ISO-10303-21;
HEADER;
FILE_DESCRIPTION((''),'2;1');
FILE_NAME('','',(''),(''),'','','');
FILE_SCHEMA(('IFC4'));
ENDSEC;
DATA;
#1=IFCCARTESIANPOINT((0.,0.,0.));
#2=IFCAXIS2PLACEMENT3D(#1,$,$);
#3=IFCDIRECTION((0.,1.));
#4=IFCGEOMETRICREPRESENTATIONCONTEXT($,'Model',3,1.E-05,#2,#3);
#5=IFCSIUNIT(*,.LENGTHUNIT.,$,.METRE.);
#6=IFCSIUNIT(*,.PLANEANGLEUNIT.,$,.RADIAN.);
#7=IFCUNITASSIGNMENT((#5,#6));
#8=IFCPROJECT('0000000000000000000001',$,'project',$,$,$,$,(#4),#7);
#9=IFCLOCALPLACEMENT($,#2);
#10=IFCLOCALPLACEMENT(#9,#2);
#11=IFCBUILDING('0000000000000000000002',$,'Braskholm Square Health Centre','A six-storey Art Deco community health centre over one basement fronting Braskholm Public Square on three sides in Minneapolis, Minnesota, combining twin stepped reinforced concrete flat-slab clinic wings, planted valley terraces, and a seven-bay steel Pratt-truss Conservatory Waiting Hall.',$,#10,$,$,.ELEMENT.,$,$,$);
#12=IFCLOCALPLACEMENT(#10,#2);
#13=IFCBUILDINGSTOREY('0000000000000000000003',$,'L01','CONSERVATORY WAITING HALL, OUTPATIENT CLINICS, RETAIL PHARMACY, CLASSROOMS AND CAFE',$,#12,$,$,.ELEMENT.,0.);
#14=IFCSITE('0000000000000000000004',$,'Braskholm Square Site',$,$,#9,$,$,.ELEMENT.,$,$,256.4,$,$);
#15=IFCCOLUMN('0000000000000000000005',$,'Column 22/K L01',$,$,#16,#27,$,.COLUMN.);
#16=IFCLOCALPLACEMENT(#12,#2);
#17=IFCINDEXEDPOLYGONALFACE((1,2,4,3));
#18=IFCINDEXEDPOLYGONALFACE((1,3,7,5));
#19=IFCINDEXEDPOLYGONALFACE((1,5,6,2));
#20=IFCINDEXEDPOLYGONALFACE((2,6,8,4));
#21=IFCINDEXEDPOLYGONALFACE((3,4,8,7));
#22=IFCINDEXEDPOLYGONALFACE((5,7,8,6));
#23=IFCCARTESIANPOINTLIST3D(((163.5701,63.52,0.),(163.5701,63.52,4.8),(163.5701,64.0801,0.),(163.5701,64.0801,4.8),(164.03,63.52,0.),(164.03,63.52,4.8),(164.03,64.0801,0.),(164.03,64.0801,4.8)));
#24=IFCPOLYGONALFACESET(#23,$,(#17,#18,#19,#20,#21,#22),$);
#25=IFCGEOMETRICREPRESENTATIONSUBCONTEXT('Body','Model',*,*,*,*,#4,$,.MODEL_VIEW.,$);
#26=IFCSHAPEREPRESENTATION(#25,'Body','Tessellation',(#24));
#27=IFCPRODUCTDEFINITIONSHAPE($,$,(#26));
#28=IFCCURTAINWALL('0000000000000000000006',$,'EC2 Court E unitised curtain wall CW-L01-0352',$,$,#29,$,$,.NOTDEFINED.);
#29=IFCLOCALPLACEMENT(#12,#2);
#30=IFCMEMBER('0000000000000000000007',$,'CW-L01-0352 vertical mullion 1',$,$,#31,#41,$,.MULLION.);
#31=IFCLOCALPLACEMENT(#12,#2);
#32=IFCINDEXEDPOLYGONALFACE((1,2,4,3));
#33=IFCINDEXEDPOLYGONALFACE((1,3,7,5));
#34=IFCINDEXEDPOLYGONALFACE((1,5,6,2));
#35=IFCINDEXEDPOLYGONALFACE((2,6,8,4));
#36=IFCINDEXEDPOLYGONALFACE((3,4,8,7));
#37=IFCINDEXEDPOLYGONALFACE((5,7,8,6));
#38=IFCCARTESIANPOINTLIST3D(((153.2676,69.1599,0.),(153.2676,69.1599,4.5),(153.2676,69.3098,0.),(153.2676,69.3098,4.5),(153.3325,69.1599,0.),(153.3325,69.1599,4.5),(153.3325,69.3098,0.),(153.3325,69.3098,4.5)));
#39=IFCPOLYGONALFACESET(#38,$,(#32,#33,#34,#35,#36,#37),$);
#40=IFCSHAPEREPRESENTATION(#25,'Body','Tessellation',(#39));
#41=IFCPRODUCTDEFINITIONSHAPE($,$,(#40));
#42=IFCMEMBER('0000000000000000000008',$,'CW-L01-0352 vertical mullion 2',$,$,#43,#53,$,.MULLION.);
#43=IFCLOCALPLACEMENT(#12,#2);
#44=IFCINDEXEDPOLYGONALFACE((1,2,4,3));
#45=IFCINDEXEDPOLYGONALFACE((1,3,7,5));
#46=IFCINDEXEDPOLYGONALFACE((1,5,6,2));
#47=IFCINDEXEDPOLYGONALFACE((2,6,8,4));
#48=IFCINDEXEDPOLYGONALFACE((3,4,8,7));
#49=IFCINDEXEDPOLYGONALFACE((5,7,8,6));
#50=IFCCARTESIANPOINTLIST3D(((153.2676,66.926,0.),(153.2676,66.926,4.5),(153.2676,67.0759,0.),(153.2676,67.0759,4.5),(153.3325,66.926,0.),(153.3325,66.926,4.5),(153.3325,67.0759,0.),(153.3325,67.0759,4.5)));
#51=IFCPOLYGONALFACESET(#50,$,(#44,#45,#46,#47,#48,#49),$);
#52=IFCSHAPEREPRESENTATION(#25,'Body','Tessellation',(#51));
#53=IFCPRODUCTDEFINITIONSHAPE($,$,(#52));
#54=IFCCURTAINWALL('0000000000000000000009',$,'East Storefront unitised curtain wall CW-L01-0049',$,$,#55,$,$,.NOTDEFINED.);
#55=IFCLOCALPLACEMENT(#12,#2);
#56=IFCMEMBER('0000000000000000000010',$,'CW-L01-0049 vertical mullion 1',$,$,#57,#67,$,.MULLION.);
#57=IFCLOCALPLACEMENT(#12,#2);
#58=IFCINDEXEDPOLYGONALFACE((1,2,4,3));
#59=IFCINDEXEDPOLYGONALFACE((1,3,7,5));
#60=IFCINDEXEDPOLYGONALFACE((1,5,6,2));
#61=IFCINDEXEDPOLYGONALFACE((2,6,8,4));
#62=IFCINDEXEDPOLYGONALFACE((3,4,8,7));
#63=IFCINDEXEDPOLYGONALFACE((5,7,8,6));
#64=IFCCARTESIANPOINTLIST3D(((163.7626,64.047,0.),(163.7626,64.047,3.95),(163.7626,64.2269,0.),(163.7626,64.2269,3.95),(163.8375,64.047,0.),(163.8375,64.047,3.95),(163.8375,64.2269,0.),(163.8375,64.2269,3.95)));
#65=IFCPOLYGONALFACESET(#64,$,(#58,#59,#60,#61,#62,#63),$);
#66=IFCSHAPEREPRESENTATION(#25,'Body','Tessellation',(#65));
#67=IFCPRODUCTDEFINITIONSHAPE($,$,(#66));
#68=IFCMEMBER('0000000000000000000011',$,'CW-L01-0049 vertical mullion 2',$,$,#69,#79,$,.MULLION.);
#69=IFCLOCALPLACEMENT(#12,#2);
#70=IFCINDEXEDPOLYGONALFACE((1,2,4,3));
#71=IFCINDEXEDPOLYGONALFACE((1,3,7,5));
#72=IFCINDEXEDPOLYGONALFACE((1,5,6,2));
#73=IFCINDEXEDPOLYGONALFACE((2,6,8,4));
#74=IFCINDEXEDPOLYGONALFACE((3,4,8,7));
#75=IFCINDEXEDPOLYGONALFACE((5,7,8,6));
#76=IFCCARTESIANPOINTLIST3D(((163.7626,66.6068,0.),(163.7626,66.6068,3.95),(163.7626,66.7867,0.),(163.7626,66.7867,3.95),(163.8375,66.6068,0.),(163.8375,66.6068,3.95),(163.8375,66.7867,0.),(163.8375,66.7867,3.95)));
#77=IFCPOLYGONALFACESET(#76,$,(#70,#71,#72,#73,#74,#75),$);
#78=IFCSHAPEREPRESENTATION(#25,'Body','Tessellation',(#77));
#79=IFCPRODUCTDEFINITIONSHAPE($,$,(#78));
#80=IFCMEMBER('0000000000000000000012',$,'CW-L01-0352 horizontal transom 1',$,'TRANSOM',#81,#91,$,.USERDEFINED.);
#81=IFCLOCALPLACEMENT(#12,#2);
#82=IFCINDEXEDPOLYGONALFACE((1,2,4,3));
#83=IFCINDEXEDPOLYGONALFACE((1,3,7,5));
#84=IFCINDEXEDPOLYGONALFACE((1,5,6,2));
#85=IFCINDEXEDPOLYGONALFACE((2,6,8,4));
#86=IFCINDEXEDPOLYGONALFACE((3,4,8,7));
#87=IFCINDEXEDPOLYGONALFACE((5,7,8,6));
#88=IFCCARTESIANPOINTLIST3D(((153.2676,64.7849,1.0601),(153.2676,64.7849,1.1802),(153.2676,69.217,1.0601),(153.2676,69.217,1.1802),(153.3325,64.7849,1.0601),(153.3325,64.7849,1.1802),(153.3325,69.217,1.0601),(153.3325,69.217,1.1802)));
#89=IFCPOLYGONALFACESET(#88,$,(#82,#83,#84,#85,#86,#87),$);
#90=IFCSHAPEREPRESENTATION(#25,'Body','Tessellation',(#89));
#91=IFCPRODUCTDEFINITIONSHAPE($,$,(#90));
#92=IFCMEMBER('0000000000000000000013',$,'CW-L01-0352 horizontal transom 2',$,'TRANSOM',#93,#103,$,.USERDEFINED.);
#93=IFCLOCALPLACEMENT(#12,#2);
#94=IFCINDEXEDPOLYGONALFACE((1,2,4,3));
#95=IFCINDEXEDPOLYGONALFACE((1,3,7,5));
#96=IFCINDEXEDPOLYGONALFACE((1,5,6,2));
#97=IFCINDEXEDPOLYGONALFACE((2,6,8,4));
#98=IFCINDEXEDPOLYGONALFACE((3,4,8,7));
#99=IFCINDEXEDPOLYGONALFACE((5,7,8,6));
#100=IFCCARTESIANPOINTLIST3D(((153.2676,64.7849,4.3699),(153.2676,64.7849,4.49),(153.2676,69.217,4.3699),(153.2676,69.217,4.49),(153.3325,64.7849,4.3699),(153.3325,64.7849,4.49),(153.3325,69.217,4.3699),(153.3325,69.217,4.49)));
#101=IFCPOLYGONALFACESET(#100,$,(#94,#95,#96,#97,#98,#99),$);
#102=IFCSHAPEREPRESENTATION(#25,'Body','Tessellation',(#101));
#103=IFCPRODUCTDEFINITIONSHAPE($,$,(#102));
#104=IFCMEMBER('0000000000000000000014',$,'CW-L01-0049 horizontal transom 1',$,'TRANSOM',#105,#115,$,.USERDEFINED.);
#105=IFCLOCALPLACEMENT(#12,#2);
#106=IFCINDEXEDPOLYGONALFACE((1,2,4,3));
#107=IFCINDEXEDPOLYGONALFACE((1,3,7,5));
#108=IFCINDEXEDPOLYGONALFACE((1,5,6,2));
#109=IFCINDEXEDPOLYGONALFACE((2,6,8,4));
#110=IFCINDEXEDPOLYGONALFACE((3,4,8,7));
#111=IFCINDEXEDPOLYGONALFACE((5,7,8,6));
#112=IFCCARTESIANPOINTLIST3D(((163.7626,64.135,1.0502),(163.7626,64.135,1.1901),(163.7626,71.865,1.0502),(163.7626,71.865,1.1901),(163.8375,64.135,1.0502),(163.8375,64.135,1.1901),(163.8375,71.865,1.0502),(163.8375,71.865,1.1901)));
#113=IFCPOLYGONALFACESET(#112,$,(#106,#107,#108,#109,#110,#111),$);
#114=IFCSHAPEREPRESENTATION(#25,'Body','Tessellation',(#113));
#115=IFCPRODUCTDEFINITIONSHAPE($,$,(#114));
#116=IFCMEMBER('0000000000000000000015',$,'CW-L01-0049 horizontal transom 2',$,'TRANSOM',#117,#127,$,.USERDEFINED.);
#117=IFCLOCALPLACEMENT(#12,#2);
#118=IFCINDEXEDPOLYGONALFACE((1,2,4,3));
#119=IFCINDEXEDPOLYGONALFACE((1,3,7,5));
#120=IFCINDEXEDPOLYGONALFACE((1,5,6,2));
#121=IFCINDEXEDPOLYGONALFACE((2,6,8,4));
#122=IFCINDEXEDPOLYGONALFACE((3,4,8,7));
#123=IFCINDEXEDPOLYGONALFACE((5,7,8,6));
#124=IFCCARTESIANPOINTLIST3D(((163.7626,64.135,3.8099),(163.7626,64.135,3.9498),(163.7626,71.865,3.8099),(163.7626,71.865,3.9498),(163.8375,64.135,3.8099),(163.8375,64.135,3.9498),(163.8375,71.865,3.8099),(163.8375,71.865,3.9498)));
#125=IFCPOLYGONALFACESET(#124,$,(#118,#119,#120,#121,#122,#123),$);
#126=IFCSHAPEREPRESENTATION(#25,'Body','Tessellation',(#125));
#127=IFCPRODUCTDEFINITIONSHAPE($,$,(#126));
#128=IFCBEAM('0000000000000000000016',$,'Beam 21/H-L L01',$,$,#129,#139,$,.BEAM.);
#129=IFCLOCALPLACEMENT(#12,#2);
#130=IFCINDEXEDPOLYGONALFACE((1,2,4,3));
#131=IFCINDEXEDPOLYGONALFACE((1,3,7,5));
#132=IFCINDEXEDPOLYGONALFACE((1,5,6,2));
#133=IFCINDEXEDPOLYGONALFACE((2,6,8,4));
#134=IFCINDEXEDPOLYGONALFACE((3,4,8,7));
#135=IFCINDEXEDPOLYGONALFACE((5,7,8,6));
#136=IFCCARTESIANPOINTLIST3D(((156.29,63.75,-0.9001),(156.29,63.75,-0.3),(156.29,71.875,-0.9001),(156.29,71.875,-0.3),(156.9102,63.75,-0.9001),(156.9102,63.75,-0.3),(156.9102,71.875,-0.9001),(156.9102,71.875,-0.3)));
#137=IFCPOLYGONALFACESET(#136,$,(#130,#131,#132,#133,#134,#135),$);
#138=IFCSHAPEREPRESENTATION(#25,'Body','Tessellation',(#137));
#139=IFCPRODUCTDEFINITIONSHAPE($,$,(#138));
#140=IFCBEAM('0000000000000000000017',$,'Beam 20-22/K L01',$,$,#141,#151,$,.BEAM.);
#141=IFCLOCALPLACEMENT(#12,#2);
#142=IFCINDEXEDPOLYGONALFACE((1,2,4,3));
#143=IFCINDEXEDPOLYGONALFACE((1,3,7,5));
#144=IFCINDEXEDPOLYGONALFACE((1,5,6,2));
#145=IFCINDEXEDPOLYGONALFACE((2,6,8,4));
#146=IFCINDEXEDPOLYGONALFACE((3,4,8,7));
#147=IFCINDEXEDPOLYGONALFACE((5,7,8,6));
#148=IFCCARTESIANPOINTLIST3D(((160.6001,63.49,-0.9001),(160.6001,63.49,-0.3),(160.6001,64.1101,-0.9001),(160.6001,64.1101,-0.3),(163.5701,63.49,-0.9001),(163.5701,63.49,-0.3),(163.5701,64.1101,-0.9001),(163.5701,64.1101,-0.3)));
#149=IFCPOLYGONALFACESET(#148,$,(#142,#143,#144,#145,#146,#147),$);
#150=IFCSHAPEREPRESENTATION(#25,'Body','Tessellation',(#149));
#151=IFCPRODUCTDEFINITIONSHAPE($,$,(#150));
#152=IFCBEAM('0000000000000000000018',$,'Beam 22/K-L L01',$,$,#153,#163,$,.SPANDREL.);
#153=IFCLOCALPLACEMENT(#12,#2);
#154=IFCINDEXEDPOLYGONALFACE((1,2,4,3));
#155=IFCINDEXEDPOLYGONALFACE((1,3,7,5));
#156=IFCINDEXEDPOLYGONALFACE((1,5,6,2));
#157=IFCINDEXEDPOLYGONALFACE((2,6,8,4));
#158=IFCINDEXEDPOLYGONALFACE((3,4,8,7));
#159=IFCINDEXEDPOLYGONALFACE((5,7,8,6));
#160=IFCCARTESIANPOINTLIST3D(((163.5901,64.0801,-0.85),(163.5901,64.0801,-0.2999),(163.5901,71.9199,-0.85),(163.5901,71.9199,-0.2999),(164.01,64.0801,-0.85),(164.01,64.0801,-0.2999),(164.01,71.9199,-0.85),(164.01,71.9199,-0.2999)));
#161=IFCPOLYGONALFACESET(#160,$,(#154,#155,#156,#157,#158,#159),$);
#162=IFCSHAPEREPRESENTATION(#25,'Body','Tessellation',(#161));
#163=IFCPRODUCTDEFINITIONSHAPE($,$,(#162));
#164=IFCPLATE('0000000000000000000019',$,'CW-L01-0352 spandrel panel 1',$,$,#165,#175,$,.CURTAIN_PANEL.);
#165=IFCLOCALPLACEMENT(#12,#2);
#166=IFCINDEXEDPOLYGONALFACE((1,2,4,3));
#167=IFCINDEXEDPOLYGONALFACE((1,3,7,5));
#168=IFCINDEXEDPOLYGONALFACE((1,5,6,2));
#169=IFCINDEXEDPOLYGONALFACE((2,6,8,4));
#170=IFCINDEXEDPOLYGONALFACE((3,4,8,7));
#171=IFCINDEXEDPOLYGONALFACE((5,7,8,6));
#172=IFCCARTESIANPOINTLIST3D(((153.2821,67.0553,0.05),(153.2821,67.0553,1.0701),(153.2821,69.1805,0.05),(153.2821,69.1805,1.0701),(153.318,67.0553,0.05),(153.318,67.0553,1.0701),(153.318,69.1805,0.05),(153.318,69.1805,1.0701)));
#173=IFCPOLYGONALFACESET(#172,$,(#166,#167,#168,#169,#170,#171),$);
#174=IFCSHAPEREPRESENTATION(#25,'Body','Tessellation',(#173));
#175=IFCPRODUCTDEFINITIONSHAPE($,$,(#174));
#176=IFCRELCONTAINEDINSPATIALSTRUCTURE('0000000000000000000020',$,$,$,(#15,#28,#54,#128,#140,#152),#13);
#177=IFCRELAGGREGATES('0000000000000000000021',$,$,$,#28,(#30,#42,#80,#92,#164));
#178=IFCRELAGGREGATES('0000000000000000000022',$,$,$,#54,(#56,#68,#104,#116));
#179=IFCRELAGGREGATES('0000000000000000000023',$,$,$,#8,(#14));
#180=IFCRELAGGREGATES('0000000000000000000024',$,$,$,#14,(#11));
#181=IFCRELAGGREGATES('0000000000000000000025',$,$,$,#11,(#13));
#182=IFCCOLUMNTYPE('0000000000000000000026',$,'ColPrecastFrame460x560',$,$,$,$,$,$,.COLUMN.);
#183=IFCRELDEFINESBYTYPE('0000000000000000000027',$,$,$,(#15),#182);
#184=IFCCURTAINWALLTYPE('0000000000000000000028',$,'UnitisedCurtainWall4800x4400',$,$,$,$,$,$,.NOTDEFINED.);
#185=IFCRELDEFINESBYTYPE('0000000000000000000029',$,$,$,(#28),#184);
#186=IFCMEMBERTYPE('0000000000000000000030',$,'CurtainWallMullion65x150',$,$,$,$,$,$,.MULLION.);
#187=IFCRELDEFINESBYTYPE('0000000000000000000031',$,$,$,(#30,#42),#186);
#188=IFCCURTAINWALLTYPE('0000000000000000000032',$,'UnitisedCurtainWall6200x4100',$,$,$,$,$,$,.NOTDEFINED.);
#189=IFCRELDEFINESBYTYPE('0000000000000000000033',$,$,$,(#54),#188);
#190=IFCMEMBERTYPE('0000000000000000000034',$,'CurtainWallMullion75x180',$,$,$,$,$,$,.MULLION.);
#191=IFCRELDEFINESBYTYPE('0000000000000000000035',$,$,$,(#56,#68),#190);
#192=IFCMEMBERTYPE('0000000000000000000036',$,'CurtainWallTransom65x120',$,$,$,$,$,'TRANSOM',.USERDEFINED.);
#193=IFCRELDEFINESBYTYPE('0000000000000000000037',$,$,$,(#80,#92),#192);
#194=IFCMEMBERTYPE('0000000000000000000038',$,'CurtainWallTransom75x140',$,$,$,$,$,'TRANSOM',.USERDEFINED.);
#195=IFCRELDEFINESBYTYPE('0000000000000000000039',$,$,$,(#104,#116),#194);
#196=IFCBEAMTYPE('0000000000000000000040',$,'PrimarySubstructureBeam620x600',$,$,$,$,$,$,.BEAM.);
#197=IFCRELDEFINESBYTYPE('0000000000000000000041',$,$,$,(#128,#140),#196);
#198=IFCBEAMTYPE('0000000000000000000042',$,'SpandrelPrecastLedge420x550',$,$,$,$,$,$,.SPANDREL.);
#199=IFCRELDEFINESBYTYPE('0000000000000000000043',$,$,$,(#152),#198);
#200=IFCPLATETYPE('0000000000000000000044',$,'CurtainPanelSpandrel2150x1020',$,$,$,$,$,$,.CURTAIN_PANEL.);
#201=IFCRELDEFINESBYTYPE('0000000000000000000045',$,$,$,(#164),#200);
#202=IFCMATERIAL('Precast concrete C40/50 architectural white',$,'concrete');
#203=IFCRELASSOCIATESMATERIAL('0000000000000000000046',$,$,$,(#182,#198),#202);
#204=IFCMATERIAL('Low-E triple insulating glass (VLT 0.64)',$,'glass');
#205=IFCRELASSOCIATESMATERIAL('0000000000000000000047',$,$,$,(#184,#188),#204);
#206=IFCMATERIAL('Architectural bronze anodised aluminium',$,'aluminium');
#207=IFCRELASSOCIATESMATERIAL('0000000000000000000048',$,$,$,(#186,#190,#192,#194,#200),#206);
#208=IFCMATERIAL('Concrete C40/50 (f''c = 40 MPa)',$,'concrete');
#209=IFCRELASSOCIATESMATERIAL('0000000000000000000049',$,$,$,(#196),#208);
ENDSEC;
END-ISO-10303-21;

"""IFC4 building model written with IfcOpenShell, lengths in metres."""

from ifc_helpers import new_model, si_unit, direction, frame, origin, origin_2d, place, context, subcontext, project, spatial, rectangle, extrude, material, material_profile, profile_set, type_object, element, aggregate, save


model = new_model("IFC4")

# Units and contexts
model_context = context("Model", 3, precision=1e-05, world=origin(), true_north=direction((0.0, 1.0)))
body_context = subcontext(model_context, "Body", "Model", "MODEL_VIEW")
ifc_project = project(units=[si_unit("LENGTHUNIT", "METRE"), si_unit("PLANEANGLEUNIT", "RADIAN")], contexts=[model_context])

# Site, building, storey
site_placement = place(None, origin())
site = spatial("IfcSite", under=ifc_project, at=site_placement, Name="Braskholm Square Site", CompositionType="ELEMENT", RefElevation=256.4)
building_placement = place(site_placement, origin())
building = spatial("IfcBuilding", under=site, at=building_placement, Name="Braskholm Square Health Centre", Description="A six-storey Art Deco community health centre over one basement fronting Braskholm Public Square on three sides in Minneapolis, Minnesota, combining twin stepped reinforced concrete flat-slab clinic wings, planted valley terraces, and a seven-bay steel Pratt-truss Conservatory Waiting Hall.", CompositionType="ELEMENT")
storey_placement = place(building_placement, origin())
storey = spatial("IfcBuildingStorey", under=building, at=storey_placement, Name="L01", Description="CONSERVATORY WAITING HALL, OUTPATIENT CLINICS, RETAIL PHARMACY, CLASSROOMS AND CAFE", CompositionType="ELEMENT", Elevation=0.0)

# Column
ifc_material_1 = material(Name="Precast concrete C40/50 architectural white", Category="concrete")
ifc_material_profile_1 = material_profile(ifc_material_1, rectangle(XDim=0.46, YDim=0.5601, at=origin_2d()), Name="RC-460X560")
ifc_profile_set_1 = profile_set([ifc_material_profile_1], Name="Precast concrete C40/50 architectural white")
column_type = type_object("IfcColumnType", Name="ColPrecastFrame460x560", PredefinedType="COLUMN", material=ifc_profile_set_1)
column_placement = place(storey_placement, frame((163.8, 63.8, 0.0), z_axis=(0.0, 0.0, 1.0), x_axis=(1.0, 0.0, 0.0)))
element("IfcColumn", 1, at=column_placement, inside=storey, type_object=column_type, Name="Column 22/K L01", PredefinedType="COLUMN", context=body_context, shape_type="SweptSolid", body=[
    extrude(rectangle(XDim=0.46, YDim=0.5601, at=origin_2d()), origin(), (0.0, 0.0, 1.0), 4.8),
])

# Curtain walls, members
ifc_material_2 = material(Name="Low-E triple insulating glass (VLT 0.64)", Category="glass")
curtain_wall_type_1 = type_object("IfcCurtainWallType", Name="UnitisedCurtainWall4800x4400", PredefinedType="NOTDEFINED", material=ifc_material_2)
curtain_wall_1_placement = place(storey_placement, origin())
curtain_wall_1 = element("IfcCurtainWall", 2, at=curtain_wall_1_placement, inside=storey, type_object=curtain_wall_type_1, Name="EC2 Court E unitised curtain wall CW-L01-0352", PredefinedType="NOTDEFINED")
ifc_material_3 = material(Name="Architectural bronze anodised aluminium", Category="aluminium")
ifc_material_profile_2 = material_profile(ifc_material_3, rectangle(XDim=0.0649, YDim=0.1499, at=origin_2d()), Name="ALU-65X150")
ifc_profile_set_2 = profile_set([ifc_material_profile_2], Name="Architectural bronze anodised aluminium")
member_type_1 = type_object("IfcMemberType", Name="CurtainWallMullion65x150", PredefinedType="MULLION", material=ifc_profile_set_2)
member_1_placement = place(storey_placement, frame((153.3, 69.2349, 0.0), z_axis=(0.0, 0.0, 1.0), x_axis=(1.0, 0.0, 0.0)))
member_1 = element("IfcMember", 3, at=member_1_placement, type_object=member_type_1, Name="CW-L01-0352 vertical mullion 1", PredefinedType="MULLION", context=body_context, shape_type="SweptSolid", body=[
    extrude(rectangle(XDim=0.0649, YDim=0.1499, at=origin_2d()), origin(), (0.0, 0.0, 1.0), 4.5),
])
member_2_placement = place(storey_placement, frame((153.3, 67.001, 0.0), z_axis=(0.0, 0.0, 1.0), x_axis=(1.0, 0.0, 0.0)))
member_2 = element("IfcMember", 4, at=member_2_placement, type_object=member_type_1, Name="CW-L01-0352 vertical mullion 2", PredefinedType="MULLION", context=body_context, shape_type="SweptSolid", body=[
    extrude(rectangle(XDim=0.0649, YDim=0.1499, at=origin_2d()), origin(), (0.0, 0.0, 1.0), 4.5),
])
curtain_wall_type_2 = type_object("IfcCurtainWallType", Name="UnitisedCurtainWall6200x4100", PredefinedType="NOTDEFINED", material=ifc_material_2)
curtain_wall_2_placement = place(storey_placement, origin())
curtain_wall_2 = element("IfcCurtainWall", 5, at=curtain_wall_2_placement, inside=storey, type_object=curtain_wall_type_2, Name="East Storefront unitised curtain wall CW-L01-0049", PredefinedType="NOTDEFINED")
ifc_material_profile_3 = material_profile(ifc_material_3, rectangle(XDim=0.075, YDim=0.1799, at=origin_2d()), Name="ALU-75X180")
ifc_profile_set_3 = profile_set([ifc_material_profile_3], Name="Architectural bronze anodised aluminium")
member_type_2 = type_object("IfcMemberType", Name="CurtainWallMullion75x180", PredefinedType="MULLION", material=ifc_profile_set_3)
member_3_placement = place(storey_placement, frame((163.8, 64.137, 0.0), z_axis=(0.0, 0.0, 1.0), x_axis=(1.0, 0.0, 0.0)))
member_3 = element("IfcMember", 6, at=member_3_placement, type_object=member_type_2, Name="CW-L01-0049 vertical mullion 1", PredefinedType="MULLION", context=body_context, shape_type="SweptSolid", body=[
    extrude(rectangle(XDim=0.075, YDim=0.1799, at=origin_2d()), origin(), (0.0, 0.0, 1.0), 3.95),
])
member_4_placement = place(storey_placement, frame((163.8, 66.6968, 0.0), z_axis=(0.0, 0.0, 1.0), x_axis=(1.0, 0.0, 0.0)))
member_4 = element("IfcMember", 7, at=member_4_placement, type_object=member_type_2, Name="CW-L01-0049 vertical mullion 2", PredefinedType="MULLION", context=body_context, shape_type="SweptSolid", body=[
    extrude(rectangle(XDim=0.075, YDim=0.1799, at=origin_2d()), origin(), (0.0, 0.0, 1.0), 3.95),
])

# Members
ifc_material_profile_4 = material_profile(ifc_material_3, rectangle(XDim=0.0649, YDim=0.1201, at=origin_2d()), Name="ALU-65X120")
ifc_profile_set_4 = profile_set([ifc_material_profile_4], Name="Architectural bronze anodised aluminium")
member_type_3 = type_object("IfcMemberType", Name="CurtainWallTransom65x120", ElementType="TRANSOM", PredefinedType="USERDEFINED", material=ifc_profile_set_4)
member_5_placement = place(storey_placement, frame((153.3, 69.217, 1.1201), z_axis=(0.0, -1.0, 0.0), x_axis=(1.0, 0.0, 0.0)))
member_5 = element("IfcMember", 8, at=member_5_placement, type_object=member_type_3, Name="CW-L01-0352 horizontal transom 1", ObjectType="TRANSOM", PredefinedType="USERDEFINED", context=body_context, shape_type="SweptSolid", body=[
    extrude(rectangle(XDim=0.0649, YDim=0.1201, at=origin_2d()), origin(), (0.0, 0.0, 1.0), 4.4321),
])
member_6_placement = place(storey_placement, frame((153.3, 69.217, 4.4299), z_axis=(0.0, -1.0, 0.0), x_axis=(1.0, 0.0, 0.0)))
member_6 = element("IfcMember", 9, at=member_6_placement, type_object=member_type_3, Name="CW-L01-0352 horizontal transom 2", ObjectType="TRANSOM", PredefinedType="USERDEFINED", context=body_context, shape_type="SweptSolid", body=[
    extrude(rectangle(XDim=0.0649, YDim=0.1201, at=origin_2d()), origin(), (0.0, 0.0, 1.0), 4.4321),
])
ifc_material_profile_5 = material_profile(ifc_material_3, rectangle(XDim=0.075, YDim=0.1399, at=origin_2d()), Name="ALU-75X140")
ifc_profile_set_5 = profile_set([ifc_material_profile_5], Name="Architectural bronze anodised aluminium")
member_type_4 = type_object("IfcMemberType", Name="CurtainWallTransom75x140", ElementType="TRANSOM", PredefinedType="USERDEFINED", material=ifc_profile_set_5)
member_7_placement = place(storey_placement, frame((163.8, 64.135, 1.1201), z_axis=(0.0, 1.0, 0.0), x_axis=(-1.0, 0.0, 0.0)))
member_7 = element("IfcMember", 10, at=member_7_placement, type_object=member_type_4, Name="CW-L01-0049 horizontal transom 1", ObjectType="TRANSOM", PredefinedType="USERDEFINED", context=body_context, shape_type="SweptSolid", body=[
    extrude(rectangle(XDim=0.075, YDim=0.1399, at=origin_2d()), origin(), (0.0, 0.0, 1.0), 7.73),
])
member_8_placement = place(storey_placement, frame((163.8, 64.135, 3.8799), z_axis=(0.0, 1.0, 0.0), x_axis=(-1.0, 0.0, 0.0)))
member_8 = element("IfcMember", 11, at=member_8_placement, type_object=member_type_4, Name="CW-L01-0049 horizontal transom 2", ObjectType="TRANSOM", PredefinedType="USERDEFINED", context=body_context, shape_type="SweptSolid", body=[
    extrude(rectangle(XDim=0.075, YDim=0.1399, at=origin_2d()), origin(), (0.0, 0.0, 1.0), 7.73),
])

# Beams
ifc_material_4 = material(Name="Concrete C40/50 (f'c = 40 MPa)", Category="concrete")
ifc_material_profile_6 = material_profile(ifc_material_4, rectangle(XDim=0.6201, YDim=0.6001, at=origin_2d()), Name="RCB-620X600")
ifc_profile_set_6 = profile_set([ifc_material_profile_6], Name="Concrete C40/50 (f'c = 40 MPa)")
beam_type_1 = type_object("IfcBeamType", Name="PrimarySubstructureBeam620x600", PredefinedType="BEAM", material=ifc_profile_set_6)
beam_1_placement = place(storey_placement, frame((156.6001, 63.75, -0.6001), z_axis=(0.0, 1.0, 0.0), x_axis=(-1.0, 0.0, 0.0)))
element("IfcBeam", 12, at=beam_1_placement, inside=storey, type_object=beam_type_1, Name="Beam 21/H-L L01", PredefinedType="BEAM", context=body_context, shape_type="SweptSolid", body=[
    extrude(rectangle(XDim=0.6201, YDim=0.6001, at=origin_2d()), origin(), (0.0, 0.0, 1.0), 8.125),
])
beam_2_placement = place(storey_placement, frame((160.6001, 63.8, -0.6001), z_axis=(1.0, 0.0, 0.0), x_axis=(0.0, 1.0, 0.0)))
element("IfcBeam", 13, at=beam_2_placement, inside=storey, type_object=beam_type_1, Name="Beam 20-22/K L01", PredefinedType="BEAM", context=body_context, shape_type="SweptSolid", body=[
    extrude(rectangle(XDim=0.6201, YDim=0.6001, at=origin_2d()), origin(), (0.0, 0.0, 1.0), 2.97),
])
ifc_material_profile_7 = material_profile(ifc_material_1, rectangle(XDim=0.4199, YDim=0.55, at=origin_2d()), Name="RCB-420X550")
ifc_profile_set_7 = profile_set([ifc_material_profile_7], Name="Precast concrete C40/50 architectural white")
beam_type_2 = type_object("IfcBeamType", Name="SpandrelPrecastLedge420x550", PredefinedType="SPANDREL", material=ifc_profile_set_7)
beam_3_placement = place(storey_placement, frame((163.8, 64.0801, -0.575), z_axis=(0.0, 1.0, 0.0), x_axis=(-1.0, 0.0, 0.0)))
element("IfcBeam", 14, at=beam_3_placement, inside=storey, type_object=beam_type_2, Name="Beam 22/K-L L01", PredefinedType="SPANDREL", context=body_context, shape_type="SweptSolid", body=[
    extrude(rectangle(XDim=0.4199, YDim=0.55, at=origin_2d()), origin(), (0.0, 0.0, 1.0), 7.8398),
])

# Plate
plate_type_1 = type_object("IfcPlateType", Name="CurtainPanelSpandrel2150x1020", PredefinedType="CURTAIN_PANEL", material=ifc_material_3)
plate_1_placement = place(storey_placement, frame((153.3, 68.1179, 0.05), z_axis=(0.0, 0.0, 1.0), x_axis=(0.0, -1.0, 0.0)))
plate_1 = element("IfcPlate", 15, at=plate_1_placement, type_object=plate_type_1, Name="CW-L01-0352 spandrel panel 1", PredefinedType="CURTAIN_PANEL", context=body_context, shape_type="SweptSolid", body=[
    extrude(rectangle(XDim=2.1252, YDim=0.0359, at=origin_2d()), origin(), (0.0, 0.0, 1.0), 1.02),
])
aggregate(curtain_wall_1, [member_1, member_2, member_5, member_6, plate_1])
aggregate(curtain_wall_2, [member_3, member_4, member_7, member_8])

save(model, "model.ifc")
